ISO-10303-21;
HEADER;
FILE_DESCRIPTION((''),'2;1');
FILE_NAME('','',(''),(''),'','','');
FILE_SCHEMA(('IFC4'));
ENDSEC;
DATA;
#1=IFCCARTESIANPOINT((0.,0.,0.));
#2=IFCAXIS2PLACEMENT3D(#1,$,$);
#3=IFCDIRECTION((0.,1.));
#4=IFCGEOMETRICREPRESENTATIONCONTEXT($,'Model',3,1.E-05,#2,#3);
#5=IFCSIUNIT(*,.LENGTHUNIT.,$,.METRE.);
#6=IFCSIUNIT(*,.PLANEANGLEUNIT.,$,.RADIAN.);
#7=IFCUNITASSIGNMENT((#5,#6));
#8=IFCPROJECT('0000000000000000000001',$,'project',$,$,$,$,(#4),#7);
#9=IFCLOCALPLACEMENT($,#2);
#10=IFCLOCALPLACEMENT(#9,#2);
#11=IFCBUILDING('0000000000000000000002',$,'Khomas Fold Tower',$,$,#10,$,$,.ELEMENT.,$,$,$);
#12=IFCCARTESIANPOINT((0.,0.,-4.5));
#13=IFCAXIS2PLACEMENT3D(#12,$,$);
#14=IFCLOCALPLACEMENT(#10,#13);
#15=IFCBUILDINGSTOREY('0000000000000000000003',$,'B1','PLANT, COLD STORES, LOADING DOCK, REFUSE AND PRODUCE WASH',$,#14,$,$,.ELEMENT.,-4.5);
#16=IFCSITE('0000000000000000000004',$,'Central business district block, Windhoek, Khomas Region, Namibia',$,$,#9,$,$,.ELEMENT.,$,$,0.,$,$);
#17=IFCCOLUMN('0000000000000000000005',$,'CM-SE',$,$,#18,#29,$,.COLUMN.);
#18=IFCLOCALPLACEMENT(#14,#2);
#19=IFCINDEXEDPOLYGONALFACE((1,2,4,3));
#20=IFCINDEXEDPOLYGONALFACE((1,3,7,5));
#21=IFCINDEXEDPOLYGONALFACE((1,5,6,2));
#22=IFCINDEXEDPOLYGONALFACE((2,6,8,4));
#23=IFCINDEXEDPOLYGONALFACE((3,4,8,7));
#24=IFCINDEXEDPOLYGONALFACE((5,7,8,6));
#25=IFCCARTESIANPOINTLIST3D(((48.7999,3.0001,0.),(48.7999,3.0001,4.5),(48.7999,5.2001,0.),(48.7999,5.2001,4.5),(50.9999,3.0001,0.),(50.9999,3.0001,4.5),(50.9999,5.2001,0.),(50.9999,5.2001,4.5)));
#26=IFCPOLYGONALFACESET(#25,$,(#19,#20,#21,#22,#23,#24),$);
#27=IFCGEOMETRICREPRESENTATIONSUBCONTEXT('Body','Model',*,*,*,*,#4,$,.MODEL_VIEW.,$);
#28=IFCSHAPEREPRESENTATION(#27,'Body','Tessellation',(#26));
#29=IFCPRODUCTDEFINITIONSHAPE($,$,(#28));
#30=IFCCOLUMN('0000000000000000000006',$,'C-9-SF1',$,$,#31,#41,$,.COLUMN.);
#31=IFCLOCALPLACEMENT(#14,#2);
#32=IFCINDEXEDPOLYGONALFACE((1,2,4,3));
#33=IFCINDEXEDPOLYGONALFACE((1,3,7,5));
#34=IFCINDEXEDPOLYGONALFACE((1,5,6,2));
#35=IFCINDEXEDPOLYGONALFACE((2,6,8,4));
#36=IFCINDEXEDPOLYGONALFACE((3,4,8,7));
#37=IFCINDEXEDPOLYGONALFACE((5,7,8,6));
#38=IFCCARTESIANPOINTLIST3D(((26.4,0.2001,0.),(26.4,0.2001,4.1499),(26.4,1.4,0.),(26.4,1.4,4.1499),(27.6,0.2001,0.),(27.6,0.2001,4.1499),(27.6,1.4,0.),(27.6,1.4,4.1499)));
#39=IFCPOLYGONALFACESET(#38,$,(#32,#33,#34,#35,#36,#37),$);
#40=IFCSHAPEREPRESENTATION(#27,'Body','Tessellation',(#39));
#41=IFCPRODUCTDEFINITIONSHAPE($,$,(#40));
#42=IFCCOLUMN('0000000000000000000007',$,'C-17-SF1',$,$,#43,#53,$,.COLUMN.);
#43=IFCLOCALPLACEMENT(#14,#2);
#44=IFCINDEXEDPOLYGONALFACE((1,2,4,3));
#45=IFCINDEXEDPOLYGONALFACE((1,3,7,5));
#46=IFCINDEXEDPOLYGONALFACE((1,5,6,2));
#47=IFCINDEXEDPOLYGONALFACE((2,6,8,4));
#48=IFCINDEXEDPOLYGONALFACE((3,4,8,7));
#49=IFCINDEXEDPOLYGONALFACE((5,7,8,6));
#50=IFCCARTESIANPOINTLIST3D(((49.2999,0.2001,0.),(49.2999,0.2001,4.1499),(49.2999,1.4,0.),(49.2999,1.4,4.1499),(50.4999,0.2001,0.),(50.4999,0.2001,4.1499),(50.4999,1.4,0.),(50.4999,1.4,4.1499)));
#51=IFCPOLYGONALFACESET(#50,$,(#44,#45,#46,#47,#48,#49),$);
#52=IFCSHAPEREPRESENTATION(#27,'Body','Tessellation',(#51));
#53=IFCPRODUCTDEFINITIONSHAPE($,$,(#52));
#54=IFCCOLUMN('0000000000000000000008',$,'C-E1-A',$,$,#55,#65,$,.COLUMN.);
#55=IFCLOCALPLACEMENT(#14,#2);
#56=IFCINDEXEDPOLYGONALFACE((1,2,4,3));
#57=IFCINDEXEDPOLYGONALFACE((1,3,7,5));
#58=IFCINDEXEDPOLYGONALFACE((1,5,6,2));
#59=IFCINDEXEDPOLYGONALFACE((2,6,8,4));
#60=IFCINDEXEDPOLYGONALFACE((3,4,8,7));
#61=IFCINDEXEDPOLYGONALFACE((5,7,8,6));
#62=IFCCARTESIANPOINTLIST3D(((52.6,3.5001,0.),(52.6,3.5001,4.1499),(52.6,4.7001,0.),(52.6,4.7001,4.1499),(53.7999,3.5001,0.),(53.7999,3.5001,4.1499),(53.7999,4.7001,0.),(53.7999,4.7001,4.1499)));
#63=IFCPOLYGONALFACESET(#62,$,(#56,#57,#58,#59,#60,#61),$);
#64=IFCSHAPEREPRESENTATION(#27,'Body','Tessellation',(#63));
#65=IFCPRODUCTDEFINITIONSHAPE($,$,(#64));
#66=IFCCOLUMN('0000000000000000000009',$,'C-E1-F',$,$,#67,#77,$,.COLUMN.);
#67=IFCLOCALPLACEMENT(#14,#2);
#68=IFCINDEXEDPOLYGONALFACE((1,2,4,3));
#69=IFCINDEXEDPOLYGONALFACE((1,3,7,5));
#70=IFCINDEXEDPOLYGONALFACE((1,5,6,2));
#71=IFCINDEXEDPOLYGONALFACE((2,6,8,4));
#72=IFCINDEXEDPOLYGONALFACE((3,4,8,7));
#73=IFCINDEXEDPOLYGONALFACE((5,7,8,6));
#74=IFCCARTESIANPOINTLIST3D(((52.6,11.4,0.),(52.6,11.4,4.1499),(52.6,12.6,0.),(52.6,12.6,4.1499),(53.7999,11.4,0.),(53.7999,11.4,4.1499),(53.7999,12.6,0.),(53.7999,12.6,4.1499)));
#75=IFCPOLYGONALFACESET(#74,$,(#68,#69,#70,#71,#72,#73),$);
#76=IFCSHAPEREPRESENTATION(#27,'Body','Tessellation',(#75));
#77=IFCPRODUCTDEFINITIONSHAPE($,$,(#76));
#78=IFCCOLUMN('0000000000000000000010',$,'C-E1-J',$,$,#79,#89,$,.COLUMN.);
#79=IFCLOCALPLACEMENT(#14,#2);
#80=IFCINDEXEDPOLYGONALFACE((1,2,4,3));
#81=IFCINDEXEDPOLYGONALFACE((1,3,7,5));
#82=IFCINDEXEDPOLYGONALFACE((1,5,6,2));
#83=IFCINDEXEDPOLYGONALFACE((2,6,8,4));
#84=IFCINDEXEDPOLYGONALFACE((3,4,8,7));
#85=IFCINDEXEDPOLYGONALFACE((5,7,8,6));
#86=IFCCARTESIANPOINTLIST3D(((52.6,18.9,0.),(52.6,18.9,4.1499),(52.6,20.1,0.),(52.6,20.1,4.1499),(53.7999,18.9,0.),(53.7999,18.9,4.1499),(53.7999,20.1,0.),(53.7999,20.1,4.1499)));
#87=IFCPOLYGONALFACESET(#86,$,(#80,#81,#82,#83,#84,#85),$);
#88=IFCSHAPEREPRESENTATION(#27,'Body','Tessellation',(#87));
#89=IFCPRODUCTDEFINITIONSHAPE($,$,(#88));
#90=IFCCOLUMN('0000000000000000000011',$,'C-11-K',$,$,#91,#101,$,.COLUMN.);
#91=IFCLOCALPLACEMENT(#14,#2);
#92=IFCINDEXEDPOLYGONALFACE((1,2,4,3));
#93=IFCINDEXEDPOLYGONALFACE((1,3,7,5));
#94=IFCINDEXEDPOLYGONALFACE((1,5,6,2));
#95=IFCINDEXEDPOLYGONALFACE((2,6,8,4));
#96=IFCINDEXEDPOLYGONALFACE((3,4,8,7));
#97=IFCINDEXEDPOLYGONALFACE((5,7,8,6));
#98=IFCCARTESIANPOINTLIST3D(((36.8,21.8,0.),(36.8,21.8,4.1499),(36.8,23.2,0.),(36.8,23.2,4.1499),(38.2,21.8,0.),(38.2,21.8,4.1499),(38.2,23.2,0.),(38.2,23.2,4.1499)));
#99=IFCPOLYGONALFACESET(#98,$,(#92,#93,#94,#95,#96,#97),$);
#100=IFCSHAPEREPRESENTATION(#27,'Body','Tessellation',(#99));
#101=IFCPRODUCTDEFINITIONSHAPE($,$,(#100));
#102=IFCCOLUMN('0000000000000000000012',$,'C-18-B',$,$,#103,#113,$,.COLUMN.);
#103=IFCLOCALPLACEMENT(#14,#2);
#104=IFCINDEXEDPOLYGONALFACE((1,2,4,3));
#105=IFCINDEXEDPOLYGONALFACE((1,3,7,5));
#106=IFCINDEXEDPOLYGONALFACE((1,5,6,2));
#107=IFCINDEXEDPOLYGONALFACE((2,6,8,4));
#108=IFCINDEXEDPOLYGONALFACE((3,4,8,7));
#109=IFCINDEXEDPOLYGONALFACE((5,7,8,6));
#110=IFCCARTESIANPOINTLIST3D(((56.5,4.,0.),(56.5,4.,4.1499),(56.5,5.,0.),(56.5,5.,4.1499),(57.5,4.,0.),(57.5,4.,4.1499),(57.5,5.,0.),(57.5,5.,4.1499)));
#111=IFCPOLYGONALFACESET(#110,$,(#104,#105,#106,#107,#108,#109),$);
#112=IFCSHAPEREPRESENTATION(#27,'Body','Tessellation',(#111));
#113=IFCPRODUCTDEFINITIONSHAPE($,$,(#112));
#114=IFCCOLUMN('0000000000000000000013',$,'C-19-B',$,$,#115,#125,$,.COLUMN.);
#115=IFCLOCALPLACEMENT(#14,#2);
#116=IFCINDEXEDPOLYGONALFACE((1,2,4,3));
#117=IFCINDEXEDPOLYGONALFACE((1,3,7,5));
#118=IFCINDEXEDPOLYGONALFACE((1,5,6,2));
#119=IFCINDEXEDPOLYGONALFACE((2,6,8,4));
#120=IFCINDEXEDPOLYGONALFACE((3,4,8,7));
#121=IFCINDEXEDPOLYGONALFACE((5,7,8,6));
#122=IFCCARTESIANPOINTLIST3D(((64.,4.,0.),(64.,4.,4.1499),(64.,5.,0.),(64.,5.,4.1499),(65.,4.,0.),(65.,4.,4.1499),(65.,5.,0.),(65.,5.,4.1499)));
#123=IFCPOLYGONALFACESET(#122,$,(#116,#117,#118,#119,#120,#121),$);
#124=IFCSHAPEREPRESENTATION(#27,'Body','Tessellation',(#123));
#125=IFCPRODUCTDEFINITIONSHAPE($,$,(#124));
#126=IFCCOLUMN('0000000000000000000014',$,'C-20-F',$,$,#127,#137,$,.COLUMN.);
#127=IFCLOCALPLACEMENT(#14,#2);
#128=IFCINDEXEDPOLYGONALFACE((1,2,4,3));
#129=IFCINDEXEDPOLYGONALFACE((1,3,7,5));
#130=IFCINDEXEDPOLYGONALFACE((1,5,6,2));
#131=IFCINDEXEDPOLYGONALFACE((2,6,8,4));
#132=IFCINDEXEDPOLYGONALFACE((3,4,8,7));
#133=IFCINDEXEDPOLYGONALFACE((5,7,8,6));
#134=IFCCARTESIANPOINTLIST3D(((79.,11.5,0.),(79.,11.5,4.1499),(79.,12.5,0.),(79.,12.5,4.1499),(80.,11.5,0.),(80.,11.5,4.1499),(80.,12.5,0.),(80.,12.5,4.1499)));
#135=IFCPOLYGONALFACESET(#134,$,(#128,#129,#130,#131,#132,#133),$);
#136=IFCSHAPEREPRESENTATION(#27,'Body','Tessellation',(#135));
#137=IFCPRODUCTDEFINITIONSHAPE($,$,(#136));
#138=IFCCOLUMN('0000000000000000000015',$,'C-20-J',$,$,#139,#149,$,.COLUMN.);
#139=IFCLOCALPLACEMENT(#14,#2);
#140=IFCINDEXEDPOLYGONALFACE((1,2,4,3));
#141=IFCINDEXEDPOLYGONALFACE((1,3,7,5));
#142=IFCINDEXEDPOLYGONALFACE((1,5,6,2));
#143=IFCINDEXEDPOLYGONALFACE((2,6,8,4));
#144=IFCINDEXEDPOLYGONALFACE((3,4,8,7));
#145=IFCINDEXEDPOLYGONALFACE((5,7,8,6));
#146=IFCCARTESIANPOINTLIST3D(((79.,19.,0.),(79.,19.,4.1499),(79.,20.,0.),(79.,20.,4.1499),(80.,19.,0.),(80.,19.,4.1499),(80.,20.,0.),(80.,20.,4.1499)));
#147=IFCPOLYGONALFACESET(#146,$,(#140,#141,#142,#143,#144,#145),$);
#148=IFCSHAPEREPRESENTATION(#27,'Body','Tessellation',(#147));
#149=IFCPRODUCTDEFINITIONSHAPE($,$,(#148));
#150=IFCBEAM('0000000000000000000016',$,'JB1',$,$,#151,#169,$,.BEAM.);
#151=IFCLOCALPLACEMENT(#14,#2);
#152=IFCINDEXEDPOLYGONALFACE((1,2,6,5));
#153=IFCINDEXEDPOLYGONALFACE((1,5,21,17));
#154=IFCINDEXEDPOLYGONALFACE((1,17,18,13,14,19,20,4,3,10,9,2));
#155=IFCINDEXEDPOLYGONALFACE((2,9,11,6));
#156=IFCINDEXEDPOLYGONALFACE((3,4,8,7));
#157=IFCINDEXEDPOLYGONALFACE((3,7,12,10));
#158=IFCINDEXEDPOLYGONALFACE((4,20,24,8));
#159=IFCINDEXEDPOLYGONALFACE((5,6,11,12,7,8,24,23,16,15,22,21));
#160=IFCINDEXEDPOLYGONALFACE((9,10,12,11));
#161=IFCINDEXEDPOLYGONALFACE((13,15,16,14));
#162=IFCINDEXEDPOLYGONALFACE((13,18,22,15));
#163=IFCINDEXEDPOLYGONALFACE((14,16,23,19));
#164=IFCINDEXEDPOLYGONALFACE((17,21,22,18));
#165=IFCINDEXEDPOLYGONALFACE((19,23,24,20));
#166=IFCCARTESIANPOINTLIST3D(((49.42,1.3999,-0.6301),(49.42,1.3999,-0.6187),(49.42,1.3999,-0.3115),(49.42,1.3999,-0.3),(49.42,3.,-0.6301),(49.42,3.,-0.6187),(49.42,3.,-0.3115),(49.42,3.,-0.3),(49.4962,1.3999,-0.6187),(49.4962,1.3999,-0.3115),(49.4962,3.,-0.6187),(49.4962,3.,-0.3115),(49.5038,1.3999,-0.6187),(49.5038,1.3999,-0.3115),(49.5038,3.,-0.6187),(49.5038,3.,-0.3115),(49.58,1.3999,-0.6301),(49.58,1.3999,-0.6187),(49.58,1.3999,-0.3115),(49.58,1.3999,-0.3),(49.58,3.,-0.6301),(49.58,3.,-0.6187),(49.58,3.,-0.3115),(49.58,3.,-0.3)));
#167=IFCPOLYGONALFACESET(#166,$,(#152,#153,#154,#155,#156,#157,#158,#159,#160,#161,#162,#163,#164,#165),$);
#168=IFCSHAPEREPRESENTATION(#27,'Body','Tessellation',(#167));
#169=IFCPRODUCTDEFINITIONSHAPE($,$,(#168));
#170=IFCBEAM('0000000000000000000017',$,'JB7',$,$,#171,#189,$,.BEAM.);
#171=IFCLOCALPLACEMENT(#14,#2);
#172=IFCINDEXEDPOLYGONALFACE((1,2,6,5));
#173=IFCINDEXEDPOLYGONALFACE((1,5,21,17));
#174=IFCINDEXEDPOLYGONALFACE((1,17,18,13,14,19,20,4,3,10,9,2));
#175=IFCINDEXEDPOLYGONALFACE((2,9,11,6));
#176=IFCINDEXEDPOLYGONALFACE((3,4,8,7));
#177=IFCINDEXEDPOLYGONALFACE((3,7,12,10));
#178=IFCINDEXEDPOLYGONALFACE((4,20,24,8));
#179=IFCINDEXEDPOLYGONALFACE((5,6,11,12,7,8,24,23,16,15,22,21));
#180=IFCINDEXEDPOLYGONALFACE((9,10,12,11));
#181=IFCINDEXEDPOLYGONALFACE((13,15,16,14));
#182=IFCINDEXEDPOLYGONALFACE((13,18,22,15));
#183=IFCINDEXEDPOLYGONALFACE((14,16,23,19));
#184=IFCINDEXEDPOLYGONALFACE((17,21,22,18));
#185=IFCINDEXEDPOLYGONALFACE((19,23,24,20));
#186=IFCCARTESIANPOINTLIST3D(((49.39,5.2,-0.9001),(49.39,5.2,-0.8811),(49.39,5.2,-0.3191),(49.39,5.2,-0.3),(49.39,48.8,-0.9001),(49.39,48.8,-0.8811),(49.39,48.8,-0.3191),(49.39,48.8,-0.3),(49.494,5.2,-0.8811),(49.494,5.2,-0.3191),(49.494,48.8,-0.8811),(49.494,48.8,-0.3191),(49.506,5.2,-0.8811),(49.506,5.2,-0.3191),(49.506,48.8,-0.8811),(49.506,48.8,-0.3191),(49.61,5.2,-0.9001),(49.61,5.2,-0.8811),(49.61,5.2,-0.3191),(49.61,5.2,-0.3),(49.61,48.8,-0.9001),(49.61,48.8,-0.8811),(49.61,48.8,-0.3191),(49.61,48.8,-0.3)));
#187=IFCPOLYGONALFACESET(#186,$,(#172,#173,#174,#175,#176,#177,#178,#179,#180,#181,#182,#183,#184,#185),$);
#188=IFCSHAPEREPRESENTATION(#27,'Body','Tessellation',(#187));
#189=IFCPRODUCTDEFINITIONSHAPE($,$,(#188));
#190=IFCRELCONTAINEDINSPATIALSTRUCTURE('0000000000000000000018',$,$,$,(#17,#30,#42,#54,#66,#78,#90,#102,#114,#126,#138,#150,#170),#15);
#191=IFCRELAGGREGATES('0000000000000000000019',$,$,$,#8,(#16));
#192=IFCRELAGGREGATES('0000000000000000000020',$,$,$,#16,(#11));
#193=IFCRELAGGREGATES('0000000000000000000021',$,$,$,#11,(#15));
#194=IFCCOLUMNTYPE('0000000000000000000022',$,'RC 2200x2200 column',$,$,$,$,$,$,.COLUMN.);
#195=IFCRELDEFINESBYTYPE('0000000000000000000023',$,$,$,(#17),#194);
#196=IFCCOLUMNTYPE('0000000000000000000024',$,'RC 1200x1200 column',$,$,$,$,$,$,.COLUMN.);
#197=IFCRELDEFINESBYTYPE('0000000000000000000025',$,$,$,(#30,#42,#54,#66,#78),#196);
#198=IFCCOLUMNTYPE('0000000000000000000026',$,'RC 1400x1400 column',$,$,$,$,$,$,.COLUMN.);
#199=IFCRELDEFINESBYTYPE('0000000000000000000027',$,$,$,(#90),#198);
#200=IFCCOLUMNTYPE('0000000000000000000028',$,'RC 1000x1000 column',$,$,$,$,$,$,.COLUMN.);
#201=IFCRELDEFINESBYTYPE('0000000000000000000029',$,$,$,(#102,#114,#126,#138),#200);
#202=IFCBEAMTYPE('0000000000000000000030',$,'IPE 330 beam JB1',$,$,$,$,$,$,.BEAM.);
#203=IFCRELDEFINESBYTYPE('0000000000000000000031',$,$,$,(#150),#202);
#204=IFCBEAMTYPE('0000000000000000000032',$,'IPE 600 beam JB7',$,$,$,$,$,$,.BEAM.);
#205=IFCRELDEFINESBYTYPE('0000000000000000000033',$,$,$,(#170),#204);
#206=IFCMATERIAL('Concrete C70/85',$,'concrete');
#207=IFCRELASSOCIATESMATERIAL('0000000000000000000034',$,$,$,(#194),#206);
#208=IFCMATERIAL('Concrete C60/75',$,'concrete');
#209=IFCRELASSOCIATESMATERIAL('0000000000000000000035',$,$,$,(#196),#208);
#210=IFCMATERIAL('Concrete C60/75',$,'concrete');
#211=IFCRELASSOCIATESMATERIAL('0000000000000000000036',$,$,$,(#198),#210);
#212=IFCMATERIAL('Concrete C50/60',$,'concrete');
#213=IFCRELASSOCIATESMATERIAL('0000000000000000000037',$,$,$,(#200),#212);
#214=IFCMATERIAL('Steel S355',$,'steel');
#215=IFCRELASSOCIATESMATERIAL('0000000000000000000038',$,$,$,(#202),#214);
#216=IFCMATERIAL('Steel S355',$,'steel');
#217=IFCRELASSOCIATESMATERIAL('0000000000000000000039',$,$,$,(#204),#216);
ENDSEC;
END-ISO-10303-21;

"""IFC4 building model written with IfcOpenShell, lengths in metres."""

from ifc_helpers import new_model, si_unit, direction, frame, origin, origin_2d, place, context, subcontext, project, spatial, rectangle, i_section, extrude, source, transform, mapped, material, material_profile, profile_set, type_object, element, save


model = new_model("IFC4")

# Units and contexts
model_context = context("Model", 3, precision=1e-05, world=origin(), true_north=direction((0.0, 1.0)))
body_context = subcontext(model_context, "Body", "Model", "MODEL_VIEW")
ifc_project = project(units=[si_unit("LENGTHUNIT", "METRE"), si_unit("PLANEANGLEUNIT", "RADIAN")], contexts=[model_context])

# Site, building, storey
site_placement = place(None, origin())
site = spatial("IfcSite", under=ifc_project, at=site_placement, Name="Central business district block, Windhoek, Khomas Region, Namibia", CompositionType="ELEMENT", RefElevation=0.0)
building_placement = place(site_placement, origin())
building = spatial("IfcBuilding", under=site, at=building_placement, Name="Khomas Fold Tower", CompositionType="ELEMENT")
storey_placement = place(building_placement, frame((0.0, 0.0, -4.5)))
storey = spatial("IfcBuildingStorey", under=building, at=storey_placement, Name="B1", Description="PLANT, COLD STORES, LOADING DOCK, REFUSE AND PRODUCE WASH", CompositionType="ELEMENT", Elevation=-4.5)

# Columns
ifc_material_1 = material(Name="Concrete C70/85", Category="concrete")
ifc_material_profile_1 = material_profile(ifc_material_1, rectangle(XDim=2.2, YDim=2.2, at=origin_2d()), Name="RC 2200x2200")
ifc_profile_set_1 = profile_set([ifc_material_profile_1], Name="Concrete C70/85")
column_type_1 = type_object("IfcColumnType", Name="RC 2200x2200 column", PredefinedType="COLUMN", material=ifc_profile_set_1)
shared_shape_1 = source(origin(), body_context, "Body", "SweptSolid", [
    extrude(rectangle(XDim=2.2, YDim=2.2, at=origin_2d()), origin(), (0.0, 0.0, 1.0), 4.5),
])
column_1_placement = place(storey_placement, frame((49.8999, 4.1001, 0.0), z_axis=(0.0, 0.0, 1.0), x_axis=(1.0, 0.0, 0.0)))
element("IfcColumn", 1, at=column_1_placement, inside=storey, type_object=column_type_1, Name="CM-SE", PredefinedType="COLUMN", context=body_context, shape_type="MappedRepresentation", body=[
    mapped(shared_shape_1, transform((0.0, 0.0, 0.0))),
])
ifc_material_2 = material(Name="Concrete C60/75", Category="concrete")
ifc_material_profile_2 = material_profile(ifc_material_2, rectangle(XDim=1.2, YDim=1.2, at=origin_2d()), Name="RC 1200x1200")
ifc_profile_set_2 = profile_set([ifc_material_profile_2], Name="Concrete C60/75")
column_type_2 = type_object("IfcColumnType", Name="RC 1200x1200 column", PredefinedType="COLUMN", material=ifc_profile_set_2)
shared_shape_2 = source(origin(), body_context, "Body", "SweptSolid", [
    extrude(rectangle(XDim=1.2, YDim=1.2, at=origin_2d()), origin(), (0.0, 0.0, 1.0), 4.1499),
])
for number, where, z_axis, x_axis, name in (
    (2, (27.0, 0.8, 0.0), (0.0, 0.0, 1.0), (1.0, 0.0, 0.0), "C-9-SF1"),
    (3, (49.8999, 0.8, 0.0), (0.0, 0.0, 1.0), (1.0, 0.0, 0.0), "C-17-SF1"),
    (4, (53.2, 4.1001, 0.0), (0.0, 0.0, 1.0), (1.0, 0.0, 0.0), "C-E1-A"),
    (5, (53.2, 12.0, 0.0), (0.0, 0.0, 1.0), (1.0, 0.0, 0.0), "C-E1-F"),
    (6, (53.2, 19.5, 0.0), (0.0, 0.0, 1.0), (1.0, 0.0, 0.0), "C-E1-J"),
):
    element("IfcColumn", number, at=place(storey_placement, frame(where, z_axis=z_axis, x_axis=x_axis)), inside=storey, type_object=column_type_2, Name=name, PredefinedType="COLUMN", context=body_context, shape_type="MappedRepresentation", body=[
        mapped(shared_shape_2, transform((0.0, 0.0, 0.0))),
    ])
ifc_material_3 = material(Name="Concrete C60/75", Category="concrete")
ifc_material_profile_3 = material_profile(ifc_material_3, rectangle(XDim=1.3999, YDim=1.3999, at=origin_2d()), Name="RC 1400x1400")
ifc_profile_set_3 = profile_set([ifc_material_profile_3], Name="Concrete C60/75")
column_type_3 = type_object("IfcColumnType", Name="RC 1400x1400 column", PredefinedType="COLUMN", material=ifc_profile_set_3)
shared_shape_3 = source(origin(), body_context, "Body", "SweptSolid", [
    extrude(rectangle(XDim=1.3999, YDim=1.3999, at=origin_2d()), origin(), (0.0, 0.0, 1.0), 4.1499),
])
column_2_placement = place(storey_placement, frame((37.5, 22.5, 0.0), z_axis=(0.0, 0.0, 1.0), x_axis=(1.0, 0.0, 0.0)))
element("IfcColumn", 7, at=column_2_placement, inside=storey, type_object=column_type_3, Name="C-11-K", PredefinedType="COLUMN", context=body_context, shape_type="MappedRepresentation", body=[
    mapped(shared_shape_3, transform((0.0, 0.0, 0.0))),
])
ifc_material_4 = material(Name="Concrete C50/60", Category="concrete")
ifc_material_profile_4 = material_profile(ifc_material_4, rectangle(XDim=1.0, YDim=1.0, at=origin_2d()), Name="RC 1000x1000")
ifc_profile_set_4 = profile_set([ifc_material_profile_4], Name="Concrete C50/60")
column_type_4 = type_object("IfcColumnType", Name="RC 1000x1000 column", PredefinedType="COLUMN", material=ifc_profile_set_4)
shared_shape_4 = source(origin(), body_context, "Body", "SweptSolid", [
    extrude(rectangle(XDim=1.0, YDim=1.0, at=origin_2d()), origin(), (0.0, 0.0, 1.0), 4.1499),
])
for number, where, z_axis, x_axis, name in (
    (8, (57.0, 4.5, 0.0), (0.0, 0.0, 1.0), (1.0, 0.0, 0.0), "C-18-B"),
    (9, (64.5, 4.5, 0.0), (0.0, 0.0, 1.0), (1.0, 0.0, 0.0), "C-19-B"),
    (10, (79.5, 12.0, 0.0), (0.0, 0.0, 1.0), (1.0, 0.0, 0.0), "C-20-F"),
    (11, (79.5, 19.5, 0.0), (0.0, 0.0, 1.0), (1.0, 0.0, 0.0), "C-20-J"),
):
    element("IfcColumn", number, at=place(storey_placement, frame(where, z_axis=z_axis, x_axis=x_axis)), inside=storey, type_object=column_type_4, Name=name, PredefinedType="COLUMN", context=body_context, shape_type="MappedRepresentation", body=[
        mapped(shared_shape_4, transform((0.0, 0.0, 0.0))),
    ])

# Beams
ifc_material_5 = material(Name="Steel S355", Category="steel")
ifc_material_profile_5 = material_profile(ifc_material_5, i_section(OverallWidth=0.1599, OverallDepth=0.3301, WebThickness=0.0076, FlangeThickness=0.0115, at=origin_2d()), Name="IPE 330")
ifc_profile_set_5 = profile_set([ifc_material_profile_5], Name="Steel S355")
beam_type_1 = type_object("IfcBeamType", Name="IPE 330 beam JB1", PredefinedType="BEAM", material=ifc_profile_set_5)
shared_shape_5 = source(origin(), body_context, "Body", "SweptSolid", [
    extrude(i_section(OverallWidth=0.1599, OverallDepth=0.3301, WebThickness=0.0076, FlangeThickness=0.0115, at=origin_2d()), origin(), (0.0, 0.0, 1.0), 1.6001),
])
beam_1_placement = place(storey_placement, frame((49.5, 1.3999, -0.4651), z_axis=(0.0, 1.0, 0.0), x_axis=(-1.0, 0.0, 0.0)))
element("IfcBeam", 12, at=beam_1_placement, inside=storey, type_object=beam_type_1, Name="JB1", PredefinedType="BEAM", context=body_context, shape_type="MappedRepresentation", body=[
    mapped(shared_shape_5, transform((0.0, 0.0, 0.0))),
])
ifc_material_6 = material(Name="Steel S355", Category="steel")
ifc_material_profile_6 = material_profile(ifc_material_6, i_section(OverallWidth=0.22, OverallDepth=0.6001, WebThickness=0.012, FlangeThickness=0.019, at=origin_2d()), Name="IPE 600")
ifc_profile_set_6 = profile_set([ifc_material_profile_6], Name="Steel S355")
beam_type_2 = type_object("IfcBeamType", Name="IPE 600 beam JB7", PredefinedType="BEAM", material=ifc_profile_set_6)
shared_shape_6 = source(origin(), body_context, "Body", "SweptSolid", [
    extrude(i_section(OverallWidth=0.22, OverallDepth=0.6001, WebThickness=0.012, FlangeThickness=0.019, at=origin_2d()), origin(), (0.0, 0.0, 1.0), 43.6001),
])
beam_2_placement = place(storey_placement, frame((49.5, 5.2, -0.6001), z_axis=(0.0, 1.0, 0.0), x_axis=(-1.0, 0.0, 0.0)))
element("IfcBeam", 13, at=beam_2_placement, inside=storey, type_object=beam_type_2, Name="JB7", PredefinedType="BEAM", context=body_context, shape_type="MappedRepresentation", body=[
    mapped(shared_shape_6, transform((0.0, 0.0, 0.0))),
])

save(model, "model.ifc")
